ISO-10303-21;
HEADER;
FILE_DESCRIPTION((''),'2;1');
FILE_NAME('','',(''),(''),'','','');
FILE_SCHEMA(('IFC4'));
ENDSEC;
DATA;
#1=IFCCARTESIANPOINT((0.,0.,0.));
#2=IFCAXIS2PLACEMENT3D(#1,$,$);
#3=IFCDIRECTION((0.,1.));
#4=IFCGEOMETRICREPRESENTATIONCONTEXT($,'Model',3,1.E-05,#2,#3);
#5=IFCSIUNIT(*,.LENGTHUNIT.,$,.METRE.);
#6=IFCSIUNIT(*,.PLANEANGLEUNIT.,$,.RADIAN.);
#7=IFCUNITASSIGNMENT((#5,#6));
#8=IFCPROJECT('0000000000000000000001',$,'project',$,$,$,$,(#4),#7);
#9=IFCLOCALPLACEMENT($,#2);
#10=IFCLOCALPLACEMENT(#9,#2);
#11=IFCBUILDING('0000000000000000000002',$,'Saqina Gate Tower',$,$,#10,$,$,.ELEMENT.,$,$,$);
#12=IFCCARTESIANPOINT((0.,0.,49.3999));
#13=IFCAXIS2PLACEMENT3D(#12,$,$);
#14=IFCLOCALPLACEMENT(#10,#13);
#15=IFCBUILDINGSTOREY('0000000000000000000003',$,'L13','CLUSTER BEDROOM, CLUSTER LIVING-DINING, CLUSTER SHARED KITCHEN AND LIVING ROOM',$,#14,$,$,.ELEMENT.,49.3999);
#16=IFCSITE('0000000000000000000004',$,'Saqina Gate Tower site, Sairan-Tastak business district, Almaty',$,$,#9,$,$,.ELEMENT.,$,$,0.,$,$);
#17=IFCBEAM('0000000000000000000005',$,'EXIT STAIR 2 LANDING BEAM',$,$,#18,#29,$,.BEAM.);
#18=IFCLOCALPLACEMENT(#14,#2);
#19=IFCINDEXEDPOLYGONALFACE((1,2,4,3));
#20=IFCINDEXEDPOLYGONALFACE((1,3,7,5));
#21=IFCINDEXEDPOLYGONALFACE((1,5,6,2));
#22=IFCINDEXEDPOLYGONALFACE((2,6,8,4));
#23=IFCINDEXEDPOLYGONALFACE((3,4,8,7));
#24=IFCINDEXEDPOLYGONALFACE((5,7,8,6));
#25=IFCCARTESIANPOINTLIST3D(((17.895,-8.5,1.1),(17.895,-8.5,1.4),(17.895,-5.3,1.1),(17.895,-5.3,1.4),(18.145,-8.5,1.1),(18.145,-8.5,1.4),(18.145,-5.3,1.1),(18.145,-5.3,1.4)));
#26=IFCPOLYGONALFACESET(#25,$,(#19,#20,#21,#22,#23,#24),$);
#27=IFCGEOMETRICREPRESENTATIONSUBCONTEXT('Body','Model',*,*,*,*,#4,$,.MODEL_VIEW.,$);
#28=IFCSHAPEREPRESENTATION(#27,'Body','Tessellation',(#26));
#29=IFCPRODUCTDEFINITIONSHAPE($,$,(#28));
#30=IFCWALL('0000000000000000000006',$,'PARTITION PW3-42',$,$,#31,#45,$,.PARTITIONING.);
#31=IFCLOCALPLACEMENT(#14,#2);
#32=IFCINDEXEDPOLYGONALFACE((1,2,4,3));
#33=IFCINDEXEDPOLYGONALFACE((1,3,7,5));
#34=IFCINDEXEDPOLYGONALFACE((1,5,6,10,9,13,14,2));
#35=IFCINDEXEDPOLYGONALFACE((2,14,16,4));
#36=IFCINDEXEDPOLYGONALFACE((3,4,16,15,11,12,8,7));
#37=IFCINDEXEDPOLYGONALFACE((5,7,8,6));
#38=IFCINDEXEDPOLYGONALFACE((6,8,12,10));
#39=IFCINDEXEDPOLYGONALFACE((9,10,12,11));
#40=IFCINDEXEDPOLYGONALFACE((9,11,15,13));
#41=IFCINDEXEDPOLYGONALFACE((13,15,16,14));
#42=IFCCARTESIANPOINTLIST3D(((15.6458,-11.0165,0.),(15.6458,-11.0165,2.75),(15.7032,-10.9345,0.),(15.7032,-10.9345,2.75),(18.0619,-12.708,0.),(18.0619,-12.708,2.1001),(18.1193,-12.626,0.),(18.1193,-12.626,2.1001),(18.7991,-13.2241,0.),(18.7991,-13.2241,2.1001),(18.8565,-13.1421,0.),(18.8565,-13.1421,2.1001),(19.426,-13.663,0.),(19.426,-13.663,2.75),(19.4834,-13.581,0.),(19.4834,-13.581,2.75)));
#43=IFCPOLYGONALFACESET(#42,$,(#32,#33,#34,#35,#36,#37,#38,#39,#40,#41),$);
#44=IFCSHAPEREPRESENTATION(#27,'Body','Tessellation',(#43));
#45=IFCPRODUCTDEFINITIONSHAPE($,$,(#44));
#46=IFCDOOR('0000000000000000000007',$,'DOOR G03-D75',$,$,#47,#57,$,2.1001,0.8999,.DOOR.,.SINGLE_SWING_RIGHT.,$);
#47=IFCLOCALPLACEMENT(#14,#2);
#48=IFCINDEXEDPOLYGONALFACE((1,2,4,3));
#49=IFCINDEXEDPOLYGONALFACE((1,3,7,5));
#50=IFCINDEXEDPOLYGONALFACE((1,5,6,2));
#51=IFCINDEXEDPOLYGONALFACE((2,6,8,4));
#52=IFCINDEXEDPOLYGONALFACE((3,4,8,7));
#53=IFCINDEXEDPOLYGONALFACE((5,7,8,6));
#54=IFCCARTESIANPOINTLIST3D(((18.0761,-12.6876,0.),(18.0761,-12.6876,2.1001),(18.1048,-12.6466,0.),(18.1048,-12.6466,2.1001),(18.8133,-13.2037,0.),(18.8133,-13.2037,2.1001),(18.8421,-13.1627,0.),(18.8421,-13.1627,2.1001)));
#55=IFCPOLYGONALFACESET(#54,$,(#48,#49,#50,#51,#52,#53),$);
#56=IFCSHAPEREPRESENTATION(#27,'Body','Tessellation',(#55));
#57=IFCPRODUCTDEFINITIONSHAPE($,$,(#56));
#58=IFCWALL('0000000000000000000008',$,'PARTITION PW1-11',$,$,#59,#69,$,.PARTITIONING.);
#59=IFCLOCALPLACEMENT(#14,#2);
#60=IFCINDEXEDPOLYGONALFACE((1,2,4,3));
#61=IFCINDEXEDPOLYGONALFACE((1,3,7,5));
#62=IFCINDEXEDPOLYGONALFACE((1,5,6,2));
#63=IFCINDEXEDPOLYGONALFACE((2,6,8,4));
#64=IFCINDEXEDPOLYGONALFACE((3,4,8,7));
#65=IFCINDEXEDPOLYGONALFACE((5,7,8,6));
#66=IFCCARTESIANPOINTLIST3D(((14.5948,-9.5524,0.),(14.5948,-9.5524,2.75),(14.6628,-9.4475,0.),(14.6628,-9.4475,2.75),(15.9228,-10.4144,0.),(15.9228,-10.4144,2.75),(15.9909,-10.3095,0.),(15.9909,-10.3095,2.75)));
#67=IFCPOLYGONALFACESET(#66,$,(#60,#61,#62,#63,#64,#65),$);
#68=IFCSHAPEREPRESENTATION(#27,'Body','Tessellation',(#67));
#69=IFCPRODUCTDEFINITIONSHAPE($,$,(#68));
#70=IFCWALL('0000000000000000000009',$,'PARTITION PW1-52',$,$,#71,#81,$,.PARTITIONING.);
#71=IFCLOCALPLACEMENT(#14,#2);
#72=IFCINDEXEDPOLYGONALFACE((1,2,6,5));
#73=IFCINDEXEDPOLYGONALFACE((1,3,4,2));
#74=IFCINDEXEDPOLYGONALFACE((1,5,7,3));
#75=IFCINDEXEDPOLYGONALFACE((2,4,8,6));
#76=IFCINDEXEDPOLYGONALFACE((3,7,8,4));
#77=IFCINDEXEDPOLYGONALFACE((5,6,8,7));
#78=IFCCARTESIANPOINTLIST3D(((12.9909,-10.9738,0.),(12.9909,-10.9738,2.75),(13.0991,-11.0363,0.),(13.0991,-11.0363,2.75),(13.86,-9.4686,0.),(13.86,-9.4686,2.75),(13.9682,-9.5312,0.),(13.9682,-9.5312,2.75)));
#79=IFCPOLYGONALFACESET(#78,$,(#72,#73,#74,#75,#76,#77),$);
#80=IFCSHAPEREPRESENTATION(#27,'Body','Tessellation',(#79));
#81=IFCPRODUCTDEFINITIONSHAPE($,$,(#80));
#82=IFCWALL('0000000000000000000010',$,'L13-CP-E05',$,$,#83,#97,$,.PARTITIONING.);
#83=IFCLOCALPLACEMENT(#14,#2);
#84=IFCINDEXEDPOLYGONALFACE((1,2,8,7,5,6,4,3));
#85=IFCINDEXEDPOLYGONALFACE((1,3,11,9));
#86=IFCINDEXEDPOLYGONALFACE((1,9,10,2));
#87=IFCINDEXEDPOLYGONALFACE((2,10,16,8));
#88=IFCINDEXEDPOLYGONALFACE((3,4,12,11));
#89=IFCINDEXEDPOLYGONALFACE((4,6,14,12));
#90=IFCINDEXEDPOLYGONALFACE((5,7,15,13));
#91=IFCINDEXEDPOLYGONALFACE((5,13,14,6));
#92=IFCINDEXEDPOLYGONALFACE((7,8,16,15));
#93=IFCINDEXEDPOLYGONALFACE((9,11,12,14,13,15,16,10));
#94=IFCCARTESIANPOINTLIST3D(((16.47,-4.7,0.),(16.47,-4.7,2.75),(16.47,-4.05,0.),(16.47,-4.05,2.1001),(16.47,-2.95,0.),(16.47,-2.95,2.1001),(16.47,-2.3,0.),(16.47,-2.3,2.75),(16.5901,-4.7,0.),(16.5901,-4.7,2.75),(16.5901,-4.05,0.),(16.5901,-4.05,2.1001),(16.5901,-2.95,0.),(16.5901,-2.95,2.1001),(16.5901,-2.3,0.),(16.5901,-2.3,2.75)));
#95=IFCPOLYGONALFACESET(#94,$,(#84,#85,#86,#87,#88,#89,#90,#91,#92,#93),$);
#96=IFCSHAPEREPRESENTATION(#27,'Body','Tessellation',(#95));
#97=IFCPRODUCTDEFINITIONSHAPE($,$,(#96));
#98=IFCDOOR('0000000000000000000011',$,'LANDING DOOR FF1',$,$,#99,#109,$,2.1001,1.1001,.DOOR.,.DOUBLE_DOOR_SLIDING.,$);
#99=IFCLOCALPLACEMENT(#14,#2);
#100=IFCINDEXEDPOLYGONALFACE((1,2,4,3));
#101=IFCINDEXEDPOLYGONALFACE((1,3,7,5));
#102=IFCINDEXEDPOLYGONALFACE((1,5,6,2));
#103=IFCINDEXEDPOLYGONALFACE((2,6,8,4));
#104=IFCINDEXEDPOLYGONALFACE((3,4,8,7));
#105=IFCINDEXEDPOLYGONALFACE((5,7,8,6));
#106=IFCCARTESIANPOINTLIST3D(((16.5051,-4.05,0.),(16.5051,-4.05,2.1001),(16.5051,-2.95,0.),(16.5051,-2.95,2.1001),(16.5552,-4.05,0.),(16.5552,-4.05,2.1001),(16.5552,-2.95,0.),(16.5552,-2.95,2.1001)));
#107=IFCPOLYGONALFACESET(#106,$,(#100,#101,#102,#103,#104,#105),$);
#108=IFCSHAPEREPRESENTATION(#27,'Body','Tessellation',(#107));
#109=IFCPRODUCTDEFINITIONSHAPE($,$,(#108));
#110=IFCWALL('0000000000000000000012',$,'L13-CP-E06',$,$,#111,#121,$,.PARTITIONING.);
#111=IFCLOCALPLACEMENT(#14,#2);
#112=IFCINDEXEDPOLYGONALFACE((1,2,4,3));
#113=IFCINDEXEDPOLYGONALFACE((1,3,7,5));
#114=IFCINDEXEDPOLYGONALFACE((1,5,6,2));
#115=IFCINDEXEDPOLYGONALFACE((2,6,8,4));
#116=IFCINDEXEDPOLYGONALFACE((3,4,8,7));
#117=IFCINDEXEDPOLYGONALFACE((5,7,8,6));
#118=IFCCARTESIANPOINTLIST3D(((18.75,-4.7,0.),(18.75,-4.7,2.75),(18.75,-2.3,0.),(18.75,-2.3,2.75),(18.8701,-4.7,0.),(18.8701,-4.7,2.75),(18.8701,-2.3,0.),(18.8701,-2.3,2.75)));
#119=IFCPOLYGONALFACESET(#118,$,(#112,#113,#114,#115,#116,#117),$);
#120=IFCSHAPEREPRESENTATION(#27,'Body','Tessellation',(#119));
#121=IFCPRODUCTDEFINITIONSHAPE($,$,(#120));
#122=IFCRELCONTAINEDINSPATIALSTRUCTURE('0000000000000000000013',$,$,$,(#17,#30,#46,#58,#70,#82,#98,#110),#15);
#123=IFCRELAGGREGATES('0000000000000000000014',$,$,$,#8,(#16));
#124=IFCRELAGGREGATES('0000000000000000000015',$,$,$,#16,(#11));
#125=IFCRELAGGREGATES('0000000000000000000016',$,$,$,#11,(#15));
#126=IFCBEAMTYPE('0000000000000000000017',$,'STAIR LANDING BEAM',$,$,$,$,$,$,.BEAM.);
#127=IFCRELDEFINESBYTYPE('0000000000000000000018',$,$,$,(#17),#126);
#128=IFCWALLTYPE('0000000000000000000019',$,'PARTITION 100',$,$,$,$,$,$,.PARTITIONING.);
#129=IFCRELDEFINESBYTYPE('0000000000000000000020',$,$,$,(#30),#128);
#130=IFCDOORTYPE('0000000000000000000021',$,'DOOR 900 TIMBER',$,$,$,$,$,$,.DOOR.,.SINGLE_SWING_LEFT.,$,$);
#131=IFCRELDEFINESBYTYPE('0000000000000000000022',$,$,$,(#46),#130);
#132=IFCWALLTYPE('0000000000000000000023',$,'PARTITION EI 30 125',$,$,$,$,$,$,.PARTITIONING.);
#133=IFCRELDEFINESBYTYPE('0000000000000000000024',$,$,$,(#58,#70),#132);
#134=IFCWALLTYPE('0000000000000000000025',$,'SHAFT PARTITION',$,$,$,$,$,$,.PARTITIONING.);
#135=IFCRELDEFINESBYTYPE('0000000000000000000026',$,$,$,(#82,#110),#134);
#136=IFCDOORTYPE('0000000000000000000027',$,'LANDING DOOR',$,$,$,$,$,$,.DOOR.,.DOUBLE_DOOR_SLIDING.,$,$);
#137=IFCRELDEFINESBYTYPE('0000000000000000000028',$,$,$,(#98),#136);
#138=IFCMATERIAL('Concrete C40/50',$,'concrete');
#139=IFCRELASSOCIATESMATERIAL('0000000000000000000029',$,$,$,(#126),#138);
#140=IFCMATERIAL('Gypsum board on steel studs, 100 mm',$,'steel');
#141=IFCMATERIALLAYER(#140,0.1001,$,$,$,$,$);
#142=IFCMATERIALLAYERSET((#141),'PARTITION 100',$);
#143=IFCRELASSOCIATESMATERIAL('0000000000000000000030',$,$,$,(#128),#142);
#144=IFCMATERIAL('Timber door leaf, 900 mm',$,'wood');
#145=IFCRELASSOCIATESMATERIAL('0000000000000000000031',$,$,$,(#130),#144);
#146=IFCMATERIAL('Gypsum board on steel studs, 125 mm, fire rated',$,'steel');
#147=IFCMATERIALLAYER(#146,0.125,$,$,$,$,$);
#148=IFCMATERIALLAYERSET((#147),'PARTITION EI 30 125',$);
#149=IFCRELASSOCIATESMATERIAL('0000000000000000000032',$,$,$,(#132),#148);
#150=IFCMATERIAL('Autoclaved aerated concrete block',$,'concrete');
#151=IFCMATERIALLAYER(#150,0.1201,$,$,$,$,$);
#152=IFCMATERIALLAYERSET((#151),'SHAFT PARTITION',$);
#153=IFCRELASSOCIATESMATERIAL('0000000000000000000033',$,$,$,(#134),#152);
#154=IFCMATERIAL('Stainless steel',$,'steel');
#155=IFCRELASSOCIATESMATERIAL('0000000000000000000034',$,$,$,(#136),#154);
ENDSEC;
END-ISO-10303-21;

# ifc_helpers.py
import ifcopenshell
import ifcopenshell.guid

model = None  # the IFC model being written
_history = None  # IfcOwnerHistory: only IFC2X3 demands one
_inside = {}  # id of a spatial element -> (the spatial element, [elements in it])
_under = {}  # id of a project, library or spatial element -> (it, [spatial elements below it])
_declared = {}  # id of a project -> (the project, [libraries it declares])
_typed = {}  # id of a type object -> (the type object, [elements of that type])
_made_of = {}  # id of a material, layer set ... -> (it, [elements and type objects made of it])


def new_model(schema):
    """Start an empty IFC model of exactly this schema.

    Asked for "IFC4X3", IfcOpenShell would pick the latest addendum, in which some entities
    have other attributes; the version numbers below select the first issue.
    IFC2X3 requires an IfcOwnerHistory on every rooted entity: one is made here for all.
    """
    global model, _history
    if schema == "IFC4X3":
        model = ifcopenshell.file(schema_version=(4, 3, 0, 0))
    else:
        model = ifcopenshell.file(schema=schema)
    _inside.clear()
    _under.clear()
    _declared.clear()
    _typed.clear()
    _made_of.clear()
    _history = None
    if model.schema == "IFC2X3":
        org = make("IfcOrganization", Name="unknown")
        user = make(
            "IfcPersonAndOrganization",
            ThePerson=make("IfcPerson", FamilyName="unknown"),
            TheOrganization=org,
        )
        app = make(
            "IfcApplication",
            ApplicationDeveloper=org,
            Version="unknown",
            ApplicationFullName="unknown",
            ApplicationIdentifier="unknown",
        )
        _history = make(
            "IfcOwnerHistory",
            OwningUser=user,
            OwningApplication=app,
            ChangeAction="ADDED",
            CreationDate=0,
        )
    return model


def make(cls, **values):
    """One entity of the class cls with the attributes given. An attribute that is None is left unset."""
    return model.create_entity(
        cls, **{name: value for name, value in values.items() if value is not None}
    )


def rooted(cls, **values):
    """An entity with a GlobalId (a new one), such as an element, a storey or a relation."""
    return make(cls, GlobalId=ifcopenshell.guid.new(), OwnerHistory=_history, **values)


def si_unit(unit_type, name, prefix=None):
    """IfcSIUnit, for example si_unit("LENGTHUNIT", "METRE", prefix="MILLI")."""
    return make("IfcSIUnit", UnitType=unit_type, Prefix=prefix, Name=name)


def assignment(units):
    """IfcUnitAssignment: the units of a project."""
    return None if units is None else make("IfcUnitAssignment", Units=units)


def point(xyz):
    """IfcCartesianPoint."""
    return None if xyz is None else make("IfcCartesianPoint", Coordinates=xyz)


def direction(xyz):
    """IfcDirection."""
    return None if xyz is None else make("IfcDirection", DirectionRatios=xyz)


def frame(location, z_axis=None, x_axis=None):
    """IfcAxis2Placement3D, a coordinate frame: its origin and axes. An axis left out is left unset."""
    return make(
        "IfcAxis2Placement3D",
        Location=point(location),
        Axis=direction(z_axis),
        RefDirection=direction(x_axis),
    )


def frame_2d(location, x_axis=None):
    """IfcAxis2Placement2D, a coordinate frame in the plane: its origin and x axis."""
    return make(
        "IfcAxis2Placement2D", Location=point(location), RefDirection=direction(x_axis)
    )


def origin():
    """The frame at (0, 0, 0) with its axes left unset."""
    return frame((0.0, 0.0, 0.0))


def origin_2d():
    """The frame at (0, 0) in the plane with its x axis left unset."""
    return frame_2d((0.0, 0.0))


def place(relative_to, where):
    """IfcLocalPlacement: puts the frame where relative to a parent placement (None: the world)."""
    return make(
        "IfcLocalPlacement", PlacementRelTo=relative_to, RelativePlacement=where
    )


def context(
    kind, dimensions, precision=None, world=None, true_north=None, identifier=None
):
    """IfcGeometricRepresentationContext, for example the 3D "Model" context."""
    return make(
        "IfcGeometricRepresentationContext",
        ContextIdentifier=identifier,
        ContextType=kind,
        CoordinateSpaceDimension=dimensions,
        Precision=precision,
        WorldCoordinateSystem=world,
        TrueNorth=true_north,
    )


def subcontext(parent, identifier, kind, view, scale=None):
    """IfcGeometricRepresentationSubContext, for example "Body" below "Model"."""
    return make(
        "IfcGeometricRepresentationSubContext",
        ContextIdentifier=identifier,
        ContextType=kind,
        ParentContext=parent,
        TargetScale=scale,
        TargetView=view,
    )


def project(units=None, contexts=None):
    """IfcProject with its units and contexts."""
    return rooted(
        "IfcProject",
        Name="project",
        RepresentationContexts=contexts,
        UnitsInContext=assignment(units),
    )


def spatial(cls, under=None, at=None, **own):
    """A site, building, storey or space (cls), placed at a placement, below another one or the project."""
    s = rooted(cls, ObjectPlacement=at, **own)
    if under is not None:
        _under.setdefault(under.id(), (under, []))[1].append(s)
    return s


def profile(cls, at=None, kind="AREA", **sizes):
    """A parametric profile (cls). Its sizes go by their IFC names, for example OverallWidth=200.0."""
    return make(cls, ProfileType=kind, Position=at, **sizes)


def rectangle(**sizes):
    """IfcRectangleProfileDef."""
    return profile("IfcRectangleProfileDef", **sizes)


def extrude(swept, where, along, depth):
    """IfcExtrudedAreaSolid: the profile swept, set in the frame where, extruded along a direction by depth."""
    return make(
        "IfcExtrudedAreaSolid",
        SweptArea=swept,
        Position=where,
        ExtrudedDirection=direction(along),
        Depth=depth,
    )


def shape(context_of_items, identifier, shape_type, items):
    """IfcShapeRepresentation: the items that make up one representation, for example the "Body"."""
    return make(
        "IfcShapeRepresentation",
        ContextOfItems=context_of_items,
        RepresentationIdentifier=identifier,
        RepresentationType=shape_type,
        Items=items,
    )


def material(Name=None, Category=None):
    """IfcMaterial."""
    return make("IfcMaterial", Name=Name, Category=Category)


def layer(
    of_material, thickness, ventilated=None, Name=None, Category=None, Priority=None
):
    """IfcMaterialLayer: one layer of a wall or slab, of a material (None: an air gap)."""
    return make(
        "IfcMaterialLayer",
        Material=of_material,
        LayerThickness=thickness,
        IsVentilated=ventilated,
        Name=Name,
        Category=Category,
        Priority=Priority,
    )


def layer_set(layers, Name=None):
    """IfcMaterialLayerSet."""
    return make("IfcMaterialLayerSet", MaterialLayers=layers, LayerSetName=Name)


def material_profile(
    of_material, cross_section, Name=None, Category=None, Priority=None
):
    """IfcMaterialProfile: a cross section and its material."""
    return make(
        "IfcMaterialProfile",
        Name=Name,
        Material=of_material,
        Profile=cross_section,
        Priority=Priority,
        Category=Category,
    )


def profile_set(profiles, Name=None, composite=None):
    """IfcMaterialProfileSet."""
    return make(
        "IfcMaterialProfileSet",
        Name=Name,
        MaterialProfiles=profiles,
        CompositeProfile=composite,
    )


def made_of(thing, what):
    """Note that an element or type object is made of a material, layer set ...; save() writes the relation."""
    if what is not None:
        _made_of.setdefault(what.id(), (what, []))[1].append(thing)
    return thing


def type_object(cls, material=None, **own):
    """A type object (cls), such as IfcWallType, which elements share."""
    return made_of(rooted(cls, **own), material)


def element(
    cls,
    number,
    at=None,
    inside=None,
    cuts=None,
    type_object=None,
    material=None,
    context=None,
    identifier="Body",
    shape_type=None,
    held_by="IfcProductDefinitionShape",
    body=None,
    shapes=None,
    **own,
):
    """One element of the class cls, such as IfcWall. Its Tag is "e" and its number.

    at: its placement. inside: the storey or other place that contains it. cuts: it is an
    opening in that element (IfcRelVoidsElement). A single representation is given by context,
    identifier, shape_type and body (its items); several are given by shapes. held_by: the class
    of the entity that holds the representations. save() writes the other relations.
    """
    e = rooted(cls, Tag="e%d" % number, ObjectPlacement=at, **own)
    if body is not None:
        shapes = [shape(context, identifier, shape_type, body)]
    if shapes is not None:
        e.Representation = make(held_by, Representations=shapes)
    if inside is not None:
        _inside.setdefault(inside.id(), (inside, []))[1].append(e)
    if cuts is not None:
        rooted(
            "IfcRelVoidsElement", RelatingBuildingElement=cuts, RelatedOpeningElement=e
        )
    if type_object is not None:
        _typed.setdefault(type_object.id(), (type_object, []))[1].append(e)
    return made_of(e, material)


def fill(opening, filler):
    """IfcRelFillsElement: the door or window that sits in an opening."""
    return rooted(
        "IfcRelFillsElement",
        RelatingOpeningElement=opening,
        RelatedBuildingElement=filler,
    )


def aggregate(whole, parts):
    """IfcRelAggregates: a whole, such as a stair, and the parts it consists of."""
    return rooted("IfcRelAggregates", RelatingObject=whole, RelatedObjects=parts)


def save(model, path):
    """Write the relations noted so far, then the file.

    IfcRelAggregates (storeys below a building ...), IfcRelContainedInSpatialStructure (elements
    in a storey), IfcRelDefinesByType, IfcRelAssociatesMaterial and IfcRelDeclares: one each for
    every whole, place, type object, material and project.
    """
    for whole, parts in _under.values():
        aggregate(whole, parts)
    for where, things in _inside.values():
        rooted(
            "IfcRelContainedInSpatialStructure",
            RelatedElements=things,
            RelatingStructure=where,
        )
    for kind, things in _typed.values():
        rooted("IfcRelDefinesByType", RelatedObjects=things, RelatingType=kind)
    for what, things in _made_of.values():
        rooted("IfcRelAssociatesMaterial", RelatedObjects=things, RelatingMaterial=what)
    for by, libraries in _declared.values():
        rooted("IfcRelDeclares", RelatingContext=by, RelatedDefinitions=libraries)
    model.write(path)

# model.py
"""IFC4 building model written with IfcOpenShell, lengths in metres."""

from ifc_helpers import new_model, si_unit, direction, frame, frame_2d, origin, origin_2d, place, context, subcontext, project, spatial, rectangle, extrude, material, layer, layer_set, material_profile, profile_set, type_object, element, fill, save


model = new_model("IFC4")

# Units and contexts
model_context = context("Model", 3, precision=1e-05, world=origin(), true_north=direction((0.0, 1.0)))
body_context = subcontext(model_context, "Body", "Model", "MODEL_VIEW")
ifc_project = project(units=[si_unit("LENGTHUNIT", "METRE"), si_unit("PLANEANGLEUNIT", "RADIAN")], contexts=[model_context])

# Site, building, storey
site_placement = place(None, origin())
site = spatial("IfcSite", under=ifc_project, at=site_placement, Name="Saqina Gate Tower site, Sairan-Tastak business district, Almaty", CompositionType="ELEMENT", RefElevation=0.0)
building_placement = place(site_placement, origin())
building = spatial("IfcBuilding", under=site, at=building_placement, Name="Saqina Gate Tower", CompositionType="ELEMENT")
storey_placement = place(building_placement, frame((0.0, 0.0, 49.3999)))
storey = spatial("IfcBuildingStorey", under=building, at=storey_placement, Name="L13", Description="CLUSTER BEDROOM, CLUSTER LIVING-DINING, CLUSTER SHARED KITCHEN AND LIVING ROOM", CompositionType="ELEMENT", Elevation=49.3999)

# Beam
ifc_material_1 = material(Name="Concrete C40/50", Category="concrete")
ifc_material_profile = material_profile(ifc_material_1, rectangle(XDim=0.25, YDim=0.3, at=origin_2d()), Name="STAIR LANDING BEAM")
ifc_profile_set = profile_set([ifc_material_profile], Name="Concrete C40/50")
beam_type = type_object("IfcBeamType", Name="STAIR LANDING BEAM", PredefinedType="BEAM", material=ifc_profile_set)
beam_placement = place(storey_placement, frame((18.02, -8.5, 1.25), z_axis=(0.0, 1.0, 0.0), x_axis=(-1.0, 0.0, 0.0)))
element("IfcBeam", 1, at=beam_placement, inside=storey, type_object=beam_type, Name="EXIT STAIR 2 LANDING BEAM", PredefinedType="BEAM", context=body_context, shape_type="SweptSolid", body=[
    extrude(rectangle(XDim=0.25, YDim=0.3, at=origin_2d()), origin(), (0.0, 0.0, 1.0), 3.2),
])

# Wall, opening, door
ifc_material_2 = material(Name="Gypsum board on steel studs, 100 mm", Category="steel")
ifc_layer_1 = layer(ifc_material_2, 0.1001)
ifc_layer_set_1 = layer_set([ifc_layer_1], Name="PARTITION 100")
wall_type_1 = type_object("IfcWallType", Name="PARTITION 100", PredefinedType="PARTITIONING", material=ifc_layer_set_1)
wall_1_placement = place(storey_placement, frame((15.6746, -10.9756, 0.0), z_axis=(0.0, 0.0, 1.0), x_axis=(0.819202, -0.573505, 0.0)))
wall_1 = element("IfcWall", 2, at=wall_1_placement, inside=storey, type_object=wall_type_1, Name="PARTITION PW3-42", PredefinedType="PARTITIONING", context=body_context, shape_type="SweptSolid", body=[
    extrude(rectangle(XDim=4.6145, YDim=0.1001, at=frame_2d((2.3071, 0.0))), origin(), (0.0, 0.0, 1.0), 2.75),
])
opening_1_placement = place(wall_1_placement, frame((2.9492, 0.0, 0.0)))
opening_1 = element("IfcOpeningElement", 3, at=opening_1_placement, cuts=wall_1, PredefinedType="OPENING", context=body_context, shape_type="SweptSolid", body=[
    extrude(rectangle(XDim=0.8999, YDim=2.1001, at=frame_2d((0.45, 1.05))), frame((0.0, 0.062, 0.0), z_axis=(0.0, -1.0, 0.0), x_axis=(1.0, 0.0, 0.0)), (0.0, 0.0, 1.0), 0.124),
])
ifc_material_3 = material(Name="Timber door leaf, 900 mm", Category="wood")
door_type_1 = type_object("IfcDoorType", Name="DOOR 900 TIMBER", OperationType="SINGLE_SWING_LEFT", PredefinedType="DOOR", material=ifc_material_3)
door_1_placement = place(opening_1_placement, origin())
door_1 = element("IfcDoor", 4, at=door_1_placement, inside=storey, type_object=door_type_1, Name="DOOR G03-D75", OperationType="SINGLE_SWING_RIGHT", OverallHeight=2.1001, OverallWidth=0.8999, PredefinedType="DOOR", context=body_context, shape_type="SweptSolid", body=[
    extrude(rectangle(XDim=0.8999, YDim=2.1001, at=frame_2d((0.45, 1.05))), frame((0.0, 0.0249, 0.0), z_axis=(0.0, -1.0, 0.0), x_axis=(1.0, 0.0, 0.0)), (0.0, 0.0, 1.0), 0.05),
])
fill(opening_1, door_1)

# Walls
ifc_material_4 = material(Name="Gypsum board on steel studs, 125 mm, fire rated", Category="steel")
ifc_layer_2 = layer(ifc_material_4, 0.125)
ifc_layer_set_2 = layer_set([ifc_layer_2], Name="PARTITION EI 30 125")
wall_type_2 = type_object("IfcWallType", Name="PARTITION EI 30 125", PredefinedType="PARTITIONING", material=ifc_layer_set_2)
wall_2_placement = place(storey_placement, frame((14.6289, -9.5, 0.0), z_axis=(0.0, 0.0, 1.0), x_axis=(0.838796, -0.544446, 0.0)))
element("IfcWall", 5, at=wall_2_placement, inside=storey, type_object=wall_type_2, Name="PARTITION PW1-11", PredefinedType="PARTITIONING", context=body_context, shape_type="SweptSolid", body=[
    extrude(rectangle(XDim=1.5833, YDim=0.125, at=frame_2d((0.7915, 0.0))), origin(), (0.0, 0.0, 1.0), 2.75),
])
wall_3_placement = place(storey_placement, frame((13.0449, -11.0051, 0.0), z_axis=(0.0, 0.0, 1.0), x_axis=(0.500067, 0.865987, 0.0)))
element("IfcWall", 6, at=wall_3_placement, inside=storey, type_object=wall_type_2, Name="PARTITION PW1-52", PredefinedType="PARTITIONING", context=body_context, shape_type="SweptSolid", body=[
    extrude(rectangle(XDim=1.738, YDim=0.125, at=frame_2d((0.8691, 0.0))), origin(), (0.0, 0.0, 1.0), 2.75),
])

# Wall, opening, door
ifc_material_5 = material(Name="Autoclaved aerated concrete block", Category="concrete")
ifc_layer_3 = layer(ifc_material_5, 0.1201)
ifc_layer_set_3 = layer_set([ifc_layer_3], Name="SHAFT PARTITION")
wall_type_3 = type_object("IfcWallType", Name="SHAFT PARTITION", PredefinedType="PARTITIONING", material=ifc_layer_set_3)
wall_4_placement = place(storey_placement, frame((16.53, -4.7, 0.0), z_axis=(0.0, 0.0, 1.0), x_axis=(0.0, 1.0, 0.0)))
wall_4 = element("IfcWall", 7, at=wall_4_placement, inside=storey, type_object=wall_type_3, Name="L13-CP-E05", PredefinedType="PARTITIONING", context=body_context, shape_type="SweptSolid", body=[
    extrude(rectangle(XDim=2.3999, YDim=0.1201, at=frame_2d((1.2, 0.0))), origin(), (0.0, 0.0, 1.0), 2.75),
])
opening_2_placement = place(wall_4_placement, frame((0.6499, 0.0, 0.0)))
opening_2 = element("IfcOpeningElement", 8, at=opening_2_placement, cuts=wall_4, PredefinedType="OPENING", context=body_context, shape_type="SweptSolid", body=[
    extrude(rectangle(XDim=1.1001, YDim=2.1001, at=frame_2d((0.55, 1.05))), frame((0.0, 0.072, 0.0), z_axis=(0.0, -1.0, 0.0), x_axis=(1.0, 0.0, 0.0)), (0.0, 0.0, 1.0), 0.144),
])
ifc_material_6 = material(Name="Stainless steel", Category="steel")
door_type_2 = type_object("IfcDoorType", Name="LANDING DOOR", OperationType="DOUBLE_DOOR_SLIDING", PredefinedType="DOOR", material=ifc_material_6)
door_2_placement = place(opening_2_placement, origin())
door_2 = element("IfcDoor", 9, at=door_2_placement, inside=storey, type_object=door_type_2, Name="LANDING DOOR FF1", OperationType="DOUBLE_DOOR_SLIDING", OverallHeight=2.1001, OverallWidth=1.1001, PredefinedType="DOOR", context=body_context, shape_type="SweptSolid", body=[
    extrude(rectangle(XDim=1.1001, YDim=2.1001, at=frame_2d((0.55, 1.05))), frame((0.0, 0.0249, 0.0), z_axis=(0.0, -1.0, 0.0), x_axis=(1.0, 0.0, 0.0)), (0.0, 0.0, 1.0), 0.05),
])
fill(opening_2, door_2)

# Wall
wall_5_placement = place(storey_placement, frame((18.8101, -4.7, 0.0), z_axis=(0.0, 0.0, 1.0), x_axis=(0.0, 1.0, 0.0)))
element("IfcWall", 10, at=wall_5_placement, inside=storey, type_object=wall_type_3, Name="L13-CP-E06", PredefinedType="PARTITIONING", context=body_context, shape_type="SweptSolid", body=[
    extrude(rectangle(XDim=2.3999, YDim=0.1201, at=frame_2d((1.2, 0.0))), origin(), (0.0, 0.0, 1.0), 2.75),
])

save(model, "model.ifc")
